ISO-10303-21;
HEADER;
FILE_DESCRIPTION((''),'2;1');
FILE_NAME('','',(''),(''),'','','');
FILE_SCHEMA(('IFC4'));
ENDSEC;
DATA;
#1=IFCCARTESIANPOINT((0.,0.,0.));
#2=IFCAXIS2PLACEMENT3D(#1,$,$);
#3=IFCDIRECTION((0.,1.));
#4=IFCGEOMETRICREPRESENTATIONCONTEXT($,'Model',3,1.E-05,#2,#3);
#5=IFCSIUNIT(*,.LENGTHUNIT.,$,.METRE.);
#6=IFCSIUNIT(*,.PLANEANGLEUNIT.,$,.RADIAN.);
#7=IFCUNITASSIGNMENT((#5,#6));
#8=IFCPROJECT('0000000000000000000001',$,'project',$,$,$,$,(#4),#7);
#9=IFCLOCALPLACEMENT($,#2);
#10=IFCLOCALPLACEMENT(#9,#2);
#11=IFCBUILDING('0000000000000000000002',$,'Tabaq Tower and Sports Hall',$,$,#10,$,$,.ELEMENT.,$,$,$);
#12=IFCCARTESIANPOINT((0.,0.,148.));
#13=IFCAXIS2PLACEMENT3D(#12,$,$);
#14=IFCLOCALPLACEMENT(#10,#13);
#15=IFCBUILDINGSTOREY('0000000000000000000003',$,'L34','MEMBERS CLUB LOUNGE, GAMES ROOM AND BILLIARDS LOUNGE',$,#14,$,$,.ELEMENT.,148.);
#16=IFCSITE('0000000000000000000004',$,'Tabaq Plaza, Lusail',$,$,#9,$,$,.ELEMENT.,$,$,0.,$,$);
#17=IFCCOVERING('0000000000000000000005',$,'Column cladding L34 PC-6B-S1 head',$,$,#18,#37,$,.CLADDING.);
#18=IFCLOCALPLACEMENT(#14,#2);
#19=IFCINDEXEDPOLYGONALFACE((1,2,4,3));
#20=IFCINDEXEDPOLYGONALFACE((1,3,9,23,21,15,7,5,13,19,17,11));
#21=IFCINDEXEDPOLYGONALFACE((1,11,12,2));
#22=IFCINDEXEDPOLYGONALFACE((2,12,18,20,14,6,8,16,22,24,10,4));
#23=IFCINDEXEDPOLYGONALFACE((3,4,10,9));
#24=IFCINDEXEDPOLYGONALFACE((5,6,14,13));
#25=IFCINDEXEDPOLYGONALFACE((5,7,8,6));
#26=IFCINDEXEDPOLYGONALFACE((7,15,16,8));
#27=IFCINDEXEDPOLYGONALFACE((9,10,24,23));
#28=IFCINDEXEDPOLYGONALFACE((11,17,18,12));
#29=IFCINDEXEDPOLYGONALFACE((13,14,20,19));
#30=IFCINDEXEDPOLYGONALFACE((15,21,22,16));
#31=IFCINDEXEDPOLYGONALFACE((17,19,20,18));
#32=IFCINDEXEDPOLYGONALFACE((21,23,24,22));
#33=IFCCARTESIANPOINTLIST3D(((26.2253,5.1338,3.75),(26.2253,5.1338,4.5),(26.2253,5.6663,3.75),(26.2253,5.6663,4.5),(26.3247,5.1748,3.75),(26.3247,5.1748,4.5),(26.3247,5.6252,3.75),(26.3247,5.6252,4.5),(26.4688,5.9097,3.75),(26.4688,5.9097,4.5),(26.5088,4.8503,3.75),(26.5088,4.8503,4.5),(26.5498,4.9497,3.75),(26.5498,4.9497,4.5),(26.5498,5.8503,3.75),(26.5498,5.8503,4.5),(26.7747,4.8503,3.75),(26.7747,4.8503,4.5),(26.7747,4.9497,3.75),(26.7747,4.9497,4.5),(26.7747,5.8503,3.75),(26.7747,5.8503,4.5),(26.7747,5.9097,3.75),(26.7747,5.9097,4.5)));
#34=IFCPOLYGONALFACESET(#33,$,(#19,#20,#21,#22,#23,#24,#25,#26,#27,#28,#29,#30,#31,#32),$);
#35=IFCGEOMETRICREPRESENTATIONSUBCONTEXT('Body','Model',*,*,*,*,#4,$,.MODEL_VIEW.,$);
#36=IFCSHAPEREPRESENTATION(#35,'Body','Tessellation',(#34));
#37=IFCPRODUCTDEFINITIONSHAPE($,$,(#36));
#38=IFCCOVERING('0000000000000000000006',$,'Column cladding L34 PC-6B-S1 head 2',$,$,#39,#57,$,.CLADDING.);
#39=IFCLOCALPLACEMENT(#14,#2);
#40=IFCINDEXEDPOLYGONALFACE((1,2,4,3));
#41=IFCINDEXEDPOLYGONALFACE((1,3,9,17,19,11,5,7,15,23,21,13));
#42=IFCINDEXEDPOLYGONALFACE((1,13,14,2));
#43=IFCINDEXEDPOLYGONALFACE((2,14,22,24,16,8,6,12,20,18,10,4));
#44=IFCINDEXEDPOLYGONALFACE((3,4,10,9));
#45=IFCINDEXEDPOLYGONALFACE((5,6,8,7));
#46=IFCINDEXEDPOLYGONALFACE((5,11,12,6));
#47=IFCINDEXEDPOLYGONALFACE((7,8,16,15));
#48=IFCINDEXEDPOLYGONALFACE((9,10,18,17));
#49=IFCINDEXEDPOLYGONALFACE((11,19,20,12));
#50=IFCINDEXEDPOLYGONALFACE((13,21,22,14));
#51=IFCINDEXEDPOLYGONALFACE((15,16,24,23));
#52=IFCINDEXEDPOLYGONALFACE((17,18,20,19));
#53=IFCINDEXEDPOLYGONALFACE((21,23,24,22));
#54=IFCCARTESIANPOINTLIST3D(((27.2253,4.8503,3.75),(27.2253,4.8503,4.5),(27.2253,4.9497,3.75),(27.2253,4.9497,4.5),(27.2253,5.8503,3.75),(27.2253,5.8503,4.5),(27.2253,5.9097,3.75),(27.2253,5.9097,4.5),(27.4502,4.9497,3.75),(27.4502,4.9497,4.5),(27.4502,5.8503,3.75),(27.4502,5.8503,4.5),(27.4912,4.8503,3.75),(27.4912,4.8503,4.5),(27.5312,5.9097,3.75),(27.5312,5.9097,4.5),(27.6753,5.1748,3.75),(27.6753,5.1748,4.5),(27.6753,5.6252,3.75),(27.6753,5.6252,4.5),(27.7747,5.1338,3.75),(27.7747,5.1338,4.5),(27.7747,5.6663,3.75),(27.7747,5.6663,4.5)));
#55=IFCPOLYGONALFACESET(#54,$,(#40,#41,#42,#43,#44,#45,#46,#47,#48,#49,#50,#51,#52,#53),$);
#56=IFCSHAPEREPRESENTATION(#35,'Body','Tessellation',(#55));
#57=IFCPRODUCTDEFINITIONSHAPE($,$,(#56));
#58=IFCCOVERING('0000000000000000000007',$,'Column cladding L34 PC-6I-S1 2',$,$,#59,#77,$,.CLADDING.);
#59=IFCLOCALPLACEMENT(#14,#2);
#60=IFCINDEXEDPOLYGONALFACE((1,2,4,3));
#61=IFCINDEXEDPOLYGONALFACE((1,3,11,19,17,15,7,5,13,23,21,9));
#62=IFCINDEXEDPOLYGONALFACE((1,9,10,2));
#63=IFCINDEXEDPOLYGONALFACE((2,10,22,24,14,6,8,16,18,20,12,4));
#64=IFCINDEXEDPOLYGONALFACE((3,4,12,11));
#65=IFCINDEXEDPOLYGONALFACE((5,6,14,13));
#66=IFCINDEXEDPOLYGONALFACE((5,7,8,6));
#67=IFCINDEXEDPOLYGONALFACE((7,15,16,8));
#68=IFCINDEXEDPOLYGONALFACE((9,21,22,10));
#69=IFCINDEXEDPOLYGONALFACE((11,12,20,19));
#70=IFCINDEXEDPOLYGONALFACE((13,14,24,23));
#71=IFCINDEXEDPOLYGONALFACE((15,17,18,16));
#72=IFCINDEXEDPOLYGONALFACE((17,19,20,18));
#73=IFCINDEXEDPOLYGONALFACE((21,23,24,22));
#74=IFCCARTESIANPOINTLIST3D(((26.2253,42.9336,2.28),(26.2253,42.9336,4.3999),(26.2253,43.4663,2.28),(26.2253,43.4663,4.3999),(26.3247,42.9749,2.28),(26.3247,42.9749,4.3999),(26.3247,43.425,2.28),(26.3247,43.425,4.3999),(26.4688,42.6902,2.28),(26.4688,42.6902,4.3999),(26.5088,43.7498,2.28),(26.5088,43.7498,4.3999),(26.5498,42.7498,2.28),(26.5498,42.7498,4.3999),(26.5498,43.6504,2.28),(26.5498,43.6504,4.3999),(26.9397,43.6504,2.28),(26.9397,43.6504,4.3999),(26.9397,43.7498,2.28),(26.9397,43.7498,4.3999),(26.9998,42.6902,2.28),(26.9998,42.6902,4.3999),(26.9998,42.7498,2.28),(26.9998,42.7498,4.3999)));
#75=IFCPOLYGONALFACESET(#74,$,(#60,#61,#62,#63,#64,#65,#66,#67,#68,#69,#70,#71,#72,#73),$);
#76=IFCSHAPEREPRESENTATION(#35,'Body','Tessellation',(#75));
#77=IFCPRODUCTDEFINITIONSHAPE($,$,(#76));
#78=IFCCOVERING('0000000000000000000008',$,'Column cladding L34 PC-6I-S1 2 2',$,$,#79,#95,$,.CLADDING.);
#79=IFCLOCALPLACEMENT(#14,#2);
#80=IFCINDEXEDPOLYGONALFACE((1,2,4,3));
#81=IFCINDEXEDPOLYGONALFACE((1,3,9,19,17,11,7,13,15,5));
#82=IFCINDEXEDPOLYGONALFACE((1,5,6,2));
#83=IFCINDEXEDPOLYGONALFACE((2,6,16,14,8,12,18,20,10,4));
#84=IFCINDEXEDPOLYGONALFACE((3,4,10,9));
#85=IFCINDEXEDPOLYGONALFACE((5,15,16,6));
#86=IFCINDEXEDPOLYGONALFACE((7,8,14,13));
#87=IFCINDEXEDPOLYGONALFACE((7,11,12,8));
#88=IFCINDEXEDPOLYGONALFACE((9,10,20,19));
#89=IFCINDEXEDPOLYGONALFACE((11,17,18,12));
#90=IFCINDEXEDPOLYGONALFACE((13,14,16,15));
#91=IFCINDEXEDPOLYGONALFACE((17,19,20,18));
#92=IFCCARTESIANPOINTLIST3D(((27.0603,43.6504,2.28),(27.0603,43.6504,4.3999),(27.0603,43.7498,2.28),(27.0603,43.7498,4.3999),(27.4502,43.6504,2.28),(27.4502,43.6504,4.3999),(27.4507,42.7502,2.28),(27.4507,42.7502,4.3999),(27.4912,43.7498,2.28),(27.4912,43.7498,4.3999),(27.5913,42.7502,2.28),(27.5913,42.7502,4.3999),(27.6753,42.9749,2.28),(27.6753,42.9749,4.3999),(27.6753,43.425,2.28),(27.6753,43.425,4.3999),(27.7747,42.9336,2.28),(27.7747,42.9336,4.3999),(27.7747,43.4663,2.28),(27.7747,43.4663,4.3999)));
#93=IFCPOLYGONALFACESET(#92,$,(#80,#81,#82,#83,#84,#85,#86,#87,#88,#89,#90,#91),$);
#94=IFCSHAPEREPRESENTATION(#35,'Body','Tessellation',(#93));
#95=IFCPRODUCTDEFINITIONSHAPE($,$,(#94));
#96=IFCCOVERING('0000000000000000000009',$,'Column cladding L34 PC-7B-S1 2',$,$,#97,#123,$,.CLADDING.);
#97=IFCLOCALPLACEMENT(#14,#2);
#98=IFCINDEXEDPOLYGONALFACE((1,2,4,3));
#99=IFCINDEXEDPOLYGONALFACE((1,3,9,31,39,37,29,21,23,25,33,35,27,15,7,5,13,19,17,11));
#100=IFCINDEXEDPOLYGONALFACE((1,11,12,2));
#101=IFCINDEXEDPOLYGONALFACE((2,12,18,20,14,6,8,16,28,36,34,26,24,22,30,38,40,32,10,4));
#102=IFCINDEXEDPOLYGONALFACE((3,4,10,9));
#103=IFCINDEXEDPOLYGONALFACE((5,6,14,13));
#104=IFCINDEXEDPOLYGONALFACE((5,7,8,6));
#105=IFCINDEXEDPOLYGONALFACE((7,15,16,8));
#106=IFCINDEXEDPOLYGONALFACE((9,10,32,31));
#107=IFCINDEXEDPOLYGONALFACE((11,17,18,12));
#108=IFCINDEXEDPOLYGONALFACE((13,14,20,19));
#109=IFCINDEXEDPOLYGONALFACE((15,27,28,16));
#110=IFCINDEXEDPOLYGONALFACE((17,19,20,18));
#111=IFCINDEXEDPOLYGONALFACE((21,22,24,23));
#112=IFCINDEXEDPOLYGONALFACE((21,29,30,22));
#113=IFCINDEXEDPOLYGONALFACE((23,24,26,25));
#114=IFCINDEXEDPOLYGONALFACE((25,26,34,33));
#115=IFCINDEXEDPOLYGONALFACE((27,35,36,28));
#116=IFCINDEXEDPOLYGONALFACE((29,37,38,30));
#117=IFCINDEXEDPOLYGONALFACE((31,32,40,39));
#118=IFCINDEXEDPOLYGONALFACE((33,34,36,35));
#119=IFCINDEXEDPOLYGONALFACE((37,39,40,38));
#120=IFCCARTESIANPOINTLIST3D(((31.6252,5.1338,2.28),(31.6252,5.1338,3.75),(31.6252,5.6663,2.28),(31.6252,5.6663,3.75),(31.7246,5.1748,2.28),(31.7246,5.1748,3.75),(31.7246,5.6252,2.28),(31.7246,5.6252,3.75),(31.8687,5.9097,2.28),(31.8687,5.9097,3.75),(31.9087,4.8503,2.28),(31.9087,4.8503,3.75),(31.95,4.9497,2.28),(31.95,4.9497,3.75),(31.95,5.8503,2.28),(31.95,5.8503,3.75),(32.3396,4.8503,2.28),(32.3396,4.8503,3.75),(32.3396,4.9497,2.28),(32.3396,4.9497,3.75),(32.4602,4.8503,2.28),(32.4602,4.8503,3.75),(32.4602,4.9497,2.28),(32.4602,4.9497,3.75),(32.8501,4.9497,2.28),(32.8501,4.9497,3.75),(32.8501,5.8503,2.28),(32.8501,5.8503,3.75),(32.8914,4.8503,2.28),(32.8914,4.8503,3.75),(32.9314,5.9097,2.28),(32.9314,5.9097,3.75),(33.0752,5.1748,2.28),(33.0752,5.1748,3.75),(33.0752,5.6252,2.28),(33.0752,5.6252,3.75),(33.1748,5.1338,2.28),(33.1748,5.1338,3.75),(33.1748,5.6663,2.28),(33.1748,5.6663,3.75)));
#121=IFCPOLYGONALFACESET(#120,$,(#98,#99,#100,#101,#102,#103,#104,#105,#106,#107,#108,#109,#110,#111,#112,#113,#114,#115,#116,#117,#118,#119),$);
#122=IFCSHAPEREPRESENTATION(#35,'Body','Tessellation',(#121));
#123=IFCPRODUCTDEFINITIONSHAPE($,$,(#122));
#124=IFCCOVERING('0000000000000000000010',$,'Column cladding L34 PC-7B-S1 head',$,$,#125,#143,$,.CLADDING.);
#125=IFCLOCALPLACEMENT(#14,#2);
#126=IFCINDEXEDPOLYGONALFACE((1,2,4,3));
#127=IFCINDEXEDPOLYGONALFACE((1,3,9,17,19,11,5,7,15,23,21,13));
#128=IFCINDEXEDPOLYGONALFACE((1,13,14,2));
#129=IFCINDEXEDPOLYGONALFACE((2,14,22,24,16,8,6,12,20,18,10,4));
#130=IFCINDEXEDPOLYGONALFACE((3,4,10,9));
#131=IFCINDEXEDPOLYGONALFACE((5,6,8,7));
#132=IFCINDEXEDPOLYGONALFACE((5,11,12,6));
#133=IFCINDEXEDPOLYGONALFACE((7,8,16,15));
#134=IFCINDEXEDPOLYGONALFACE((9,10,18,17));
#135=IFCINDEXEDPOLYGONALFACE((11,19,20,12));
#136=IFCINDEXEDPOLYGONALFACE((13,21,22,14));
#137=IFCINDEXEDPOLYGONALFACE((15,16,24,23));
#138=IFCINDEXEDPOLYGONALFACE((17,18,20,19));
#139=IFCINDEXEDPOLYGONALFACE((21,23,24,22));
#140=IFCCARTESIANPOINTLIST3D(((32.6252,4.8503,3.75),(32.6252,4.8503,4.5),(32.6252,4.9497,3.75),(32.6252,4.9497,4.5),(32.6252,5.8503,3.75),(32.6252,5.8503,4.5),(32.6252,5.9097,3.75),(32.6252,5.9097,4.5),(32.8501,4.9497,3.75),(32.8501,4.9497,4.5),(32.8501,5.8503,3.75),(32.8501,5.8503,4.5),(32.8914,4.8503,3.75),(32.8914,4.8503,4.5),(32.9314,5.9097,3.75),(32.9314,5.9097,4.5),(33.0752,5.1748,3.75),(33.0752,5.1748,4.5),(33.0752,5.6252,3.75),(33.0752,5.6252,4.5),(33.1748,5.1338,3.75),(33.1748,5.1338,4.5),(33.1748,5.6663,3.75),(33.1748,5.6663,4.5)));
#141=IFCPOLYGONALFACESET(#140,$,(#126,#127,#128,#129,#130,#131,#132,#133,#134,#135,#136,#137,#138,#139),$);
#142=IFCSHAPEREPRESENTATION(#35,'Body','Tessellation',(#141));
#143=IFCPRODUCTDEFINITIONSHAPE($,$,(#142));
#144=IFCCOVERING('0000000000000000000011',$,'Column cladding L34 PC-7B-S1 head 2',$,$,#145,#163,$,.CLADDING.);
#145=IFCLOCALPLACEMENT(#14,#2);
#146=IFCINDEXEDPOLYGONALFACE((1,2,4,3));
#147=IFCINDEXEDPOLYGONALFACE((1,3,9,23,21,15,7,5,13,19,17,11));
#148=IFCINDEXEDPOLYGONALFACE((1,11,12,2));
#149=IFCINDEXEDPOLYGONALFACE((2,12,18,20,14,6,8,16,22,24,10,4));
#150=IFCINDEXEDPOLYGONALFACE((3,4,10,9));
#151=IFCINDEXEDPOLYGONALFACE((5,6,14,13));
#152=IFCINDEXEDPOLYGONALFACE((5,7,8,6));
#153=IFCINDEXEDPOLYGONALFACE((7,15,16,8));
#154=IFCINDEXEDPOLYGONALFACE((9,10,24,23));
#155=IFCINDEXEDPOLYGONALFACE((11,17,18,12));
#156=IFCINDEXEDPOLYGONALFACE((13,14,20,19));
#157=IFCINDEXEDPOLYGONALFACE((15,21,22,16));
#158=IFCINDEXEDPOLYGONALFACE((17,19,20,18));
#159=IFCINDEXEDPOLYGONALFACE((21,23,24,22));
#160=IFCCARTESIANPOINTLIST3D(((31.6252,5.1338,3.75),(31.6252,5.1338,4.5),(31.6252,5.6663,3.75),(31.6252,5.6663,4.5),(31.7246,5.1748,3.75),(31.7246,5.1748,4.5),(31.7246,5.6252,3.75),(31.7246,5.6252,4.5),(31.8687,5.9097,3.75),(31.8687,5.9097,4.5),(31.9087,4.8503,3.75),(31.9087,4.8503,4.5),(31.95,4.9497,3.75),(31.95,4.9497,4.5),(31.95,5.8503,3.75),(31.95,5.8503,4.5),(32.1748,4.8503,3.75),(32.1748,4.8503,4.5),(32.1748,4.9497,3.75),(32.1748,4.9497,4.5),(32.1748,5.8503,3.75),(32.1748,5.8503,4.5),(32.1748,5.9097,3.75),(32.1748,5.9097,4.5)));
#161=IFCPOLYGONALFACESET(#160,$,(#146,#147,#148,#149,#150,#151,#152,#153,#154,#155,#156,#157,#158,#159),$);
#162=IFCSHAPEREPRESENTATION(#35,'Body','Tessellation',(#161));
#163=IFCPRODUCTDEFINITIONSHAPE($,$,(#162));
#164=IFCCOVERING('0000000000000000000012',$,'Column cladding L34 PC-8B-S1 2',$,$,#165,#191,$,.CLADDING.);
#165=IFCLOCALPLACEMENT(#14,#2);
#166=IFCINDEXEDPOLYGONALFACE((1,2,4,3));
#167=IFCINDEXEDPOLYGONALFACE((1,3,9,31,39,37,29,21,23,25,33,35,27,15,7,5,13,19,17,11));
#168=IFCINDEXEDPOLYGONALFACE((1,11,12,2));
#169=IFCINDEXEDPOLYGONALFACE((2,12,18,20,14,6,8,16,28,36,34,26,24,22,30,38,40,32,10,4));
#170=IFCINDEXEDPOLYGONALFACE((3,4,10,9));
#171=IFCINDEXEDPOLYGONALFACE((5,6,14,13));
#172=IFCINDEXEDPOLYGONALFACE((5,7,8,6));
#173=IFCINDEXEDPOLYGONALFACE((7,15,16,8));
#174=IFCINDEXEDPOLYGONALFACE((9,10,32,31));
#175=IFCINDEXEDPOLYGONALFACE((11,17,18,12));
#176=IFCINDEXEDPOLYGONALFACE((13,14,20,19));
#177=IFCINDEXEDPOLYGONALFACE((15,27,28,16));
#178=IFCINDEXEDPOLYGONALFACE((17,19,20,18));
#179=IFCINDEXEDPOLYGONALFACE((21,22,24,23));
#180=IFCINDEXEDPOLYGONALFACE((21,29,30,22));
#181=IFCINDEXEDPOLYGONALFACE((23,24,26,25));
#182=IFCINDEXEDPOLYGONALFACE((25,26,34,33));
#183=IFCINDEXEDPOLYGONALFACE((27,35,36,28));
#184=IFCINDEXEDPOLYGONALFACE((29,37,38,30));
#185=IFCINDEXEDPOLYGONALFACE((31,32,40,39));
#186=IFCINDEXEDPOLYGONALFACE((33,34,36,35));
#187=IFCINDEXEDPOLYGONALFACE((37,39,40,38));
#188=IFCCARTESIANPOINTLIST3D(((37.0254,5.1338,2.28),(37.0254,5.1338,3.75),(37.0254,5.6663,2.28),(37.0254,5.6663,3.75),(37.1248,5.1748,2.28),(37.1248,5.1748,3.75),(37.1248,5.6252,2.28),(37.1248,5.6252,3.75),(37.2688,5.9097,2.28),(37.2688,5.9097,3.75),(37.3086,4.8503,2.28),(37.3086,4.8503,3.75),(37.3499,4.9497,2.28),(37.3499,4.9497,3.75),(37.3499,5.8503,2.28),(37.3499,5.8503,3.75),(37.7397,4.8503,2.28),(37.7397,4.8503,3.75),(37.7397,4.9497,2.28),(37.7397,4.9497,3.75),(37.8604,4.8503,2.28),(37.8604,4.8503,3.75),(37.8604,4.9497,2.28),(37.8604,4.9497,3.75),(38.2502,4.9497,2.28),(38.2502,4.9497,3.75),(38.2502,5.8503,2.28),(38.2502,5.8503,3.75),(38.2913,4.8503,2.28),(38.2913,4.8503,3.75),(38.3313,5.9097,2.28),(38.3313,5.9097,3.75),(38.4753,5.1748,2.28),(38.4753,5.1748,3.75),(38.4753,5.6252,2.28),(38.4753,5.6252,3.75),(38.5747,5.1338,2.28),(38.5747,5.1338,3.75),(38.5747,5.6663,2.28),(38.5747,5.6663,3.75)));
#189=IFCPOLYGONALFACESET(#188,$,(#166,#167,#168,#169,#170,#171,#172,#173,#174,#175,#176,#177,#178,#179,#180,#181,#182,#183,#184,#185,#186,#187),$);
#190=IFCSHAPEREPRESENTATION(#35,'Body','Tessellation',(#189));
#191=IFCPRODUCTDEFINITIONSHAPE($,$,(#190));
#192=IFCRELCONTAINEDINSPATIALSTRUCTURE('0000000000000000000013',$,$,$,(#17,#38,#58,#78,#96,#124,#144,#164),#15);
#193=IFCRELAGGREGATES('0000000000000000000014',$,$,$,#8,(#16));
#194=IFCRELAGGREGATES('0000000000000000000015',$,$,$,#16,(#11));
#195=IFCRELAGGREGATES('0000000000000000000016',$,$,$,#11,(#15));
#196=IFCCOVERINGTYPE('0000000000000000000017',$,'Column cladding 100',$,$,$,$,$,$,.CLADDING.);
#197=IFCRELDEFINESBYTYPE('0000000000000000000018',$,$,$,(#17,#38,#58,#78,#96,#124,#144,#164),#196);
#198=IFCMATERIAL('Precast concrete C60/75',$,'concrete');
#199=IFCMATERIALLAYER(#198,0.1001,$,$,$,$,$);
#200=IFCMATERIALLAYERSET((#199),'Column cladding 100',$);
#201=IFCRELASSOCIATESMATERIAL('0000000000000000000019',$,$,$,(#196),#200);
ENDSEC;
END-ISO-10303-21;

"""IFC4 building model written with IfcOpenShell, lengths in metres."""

from ifc_helpers import new_model, si_unit, direction, frame, origin, place, context, subcontext, project, spatial, polyline, outline, extrude, material, layer, layer_set, type_object, element, save


model = new_model("IFC4")

# Units and contexts
model_context = context("Model", 3, precision=1e-05, world=origin(), true_north=direction((0.0, 1.0)))
body_context = subcontext(model_context, "Body", "Model", "MODEL_VIEW")
ifc_project = project(units=[si_unit("LENGTHUNIT", "METRE"), si_unit("PLANEANGLEUNIT", "RADIAN")], contexts=[model_context])

# Site, building, storey
site_placement = place(None, origin())
site = spatial("IfcSite", under=ifc_project, at=site_placement, Name="Tabaq Plaza, Lusail", CompositionType="ELEMENT", RefElevation=0.0)
building_placement = place(site_placement, origin())
building = spatial("IfcBuilding", under=site, at=building_placement, Name="Tabaq Tower and Sports Hall", CompositionType="ELEMENT")
storey_placement = place(building_placement, frame((0.0, 0.0, 148.0)))
storey = spatial("IfcBuildingStorey", under=building, at=storey_placement, Name="L34", Description="MEMBERS CLUB LOUNGE, GAMES ROOM AND BILLIARDS LOUNGE", CompositionType="ELEMENT", Elevation=148.0)

# Coverings
ifc_material = material(Name="Precast concrete C60/75", Category="concrete")
ifc_layer = layer(ifc_material, 0.1001)
ifc_layer_set = layer_set([ifc_layer], Name="Column cladding 100")
covering_type = type_object("IfcCoveringType", Name="Column cladding 100", PredefinedType="CLADDING", material=ifc_layer_set)
covering_1_placement = place(storey_placement, frame((0.0, 0.0, 3.75)))
element("IfcCovering", 1, at=covering_1_placement, inside=storey, type_object=covering_type, Name="Column cladding L34 PC-6B-S1 head", PredefinedType="CLADDING", context=body_context, shape_type="SweptSolid", body=[
    extrude(outline(polyline([(26.4688, 5.9097), (26.7747, 5.9097), (26.7747, 5.8503), (26.5498, 5.8503), (26.3247, 5.6252), (26.3247, 5.1748), (26.5498, 4.9497), (26.7747, 4.9497), (26.7747, 4.8503), (26.5088, 4.8503), (26.2253, 5.1338), (26.2253, 5.6663), (26.4688, 5.9097)])), origin(), (0.0, 0.0, 1.0), 0.75),
])
covering_2_placement = place(storey_placement, frame((0.0, 0.0, 3.75)))
element("IfcCovering", 2, at=covering_2_placement, inside=storey, type_object=covering_type, Name="Column cladding L34 PC-6B-S1 head 2", PredefinedType="CLADDING", context=body_context, shape_type="SweptSolid", body=[
    extrude(outline(polyline([(27.5312, 5.9097), (27.7747, 5.6663), (27.7747, 5.1338), (27.4912, 4.8503), (27.2253, 4.8503), (27.2253, 4.9497), (27.4502, 4.9497), (27.6753, 5.1748), (27.6753, 5.6252), (27.4502, 5.8503), (27.2253, 5.8503), (27.2253, 5.9097), (27.5312, 5.9097)])), origin(), (0.0, 0.0, 1.0), 0.75),
])
covering_3_placement = place(storey_placement, frame((0.0, 0.0, 2.28)))
element("IfcCovering", 3, at=covering_3_placement, inside=storey, type_object=covering_type, Name="Column cladding L34 PC-6I-S1 2", PredefinedType="CLADDING", context=body_context, shape_type="SweptSolid", body=[
    extrude(outline(polyline([(26.2253, 43.4663), (26.5088, 43.7498), (26.9397, 43.7498), (26.9397, 43.6504), (26.5498, 43.6504), (26.3247, 43.425), (26.3247, 42.9749), (26.5498, 42.7498), (26.9998, 42.7498), (26.9998, 42.6902), (26.4688, 42.6902), (26.2253, 42.9336), (26.2253, 43.4663)])), origin(), (0.0, 0.0, 1.0), 2.1199),
])
covering_4_placement = place(storey_placement, frame((0.0, 0.0, 2.28)))
element("IfcCovering", 4, at=covering_4_placement, inside=storey, type_object=covering_type, Name="Column cladding L34 PC-6I-S1 2 2", PredefinedType="CLADDING", context=body_context, shape_type="SweptSolid", body=[
    extrude(outline(polyline([(27.4912, 43.7498), (27.7747, 43.4663), (27.7747, 42.9336), (27.5913, 42.7502), (27.4507, 42.7502), (27.6753, 42.9749), (27.6753, 43.425), (27.4502, 43.6504), (27.0603, 43.6504), (27.0603, 43.7498), (27.4912, 43.7498)])), origin(), (0.0, 0.0, 1.0), 2.1199),
])
covering_5_placement = place(storey_placement, frame((0.0, 0.0, 2.28)))
element("IfcCovering", 5, at=covering_5_placement, inside=storey, type_object=covering_type, Name="Column cladding L34 PC-7B-S1 2", PredefinedType="CLADDING", context=body_context, shape_type="SweptSolid", body=[
    extrude(outline(polyline([(31.6252, 5.6663), (31.8687, 5.9097), (32.9314, 5.9097), (33.1748, 5.6663), (33.1748, 5.1338), (32.8914, 4.8503), (32.4602, 4.8503), (32.4602, 4.9497), (32.8501, 4.9497), (33.0752, 5.1748), (33.0752, 5.6252), (32.8501, 5.8503), (31.95, 5.8503), (31.7246, 5.6252), (31.7246, 5.1748), (31.95, 4.9497), (32.3396, 4.9497), (32.3396, 4.8503), (31.9087, 4.8503), (31.6252, 5.1338), (31.6252, 5.6663)])), origin(), (0.0, 0.0, 1.0), 1.47),
])
covering_6_placement = place(storey_placement, frame((0.0, 0.0, 3.75)))
element("IfcCovering", 6, at=covering_6_placement, inside=storey, type_object=covering_type, Name="Column cladding L34 PC-7B-S1 head", PredefinedType="CLADDING", context=body_context, shape_type="SweptSolid", body=[
    extrude(outline(polyline([(32.9314, 5.9097), (33.1748, 5.6663), (33.1748, 5.1338), (32.8914, 4.8503), (32.6252, 4.8503), (32.6252, 4.9497), (32.8501, 4.9497), (33.0752, 5.1748), (33.0752, 5.6252), (32.8501, 5.8503), (32.6252, 5.8503), (32.6252, 5.9097), (32.9314, 5.9097)])), origin(), (0.0, 0.0, 1.0), 0.75),
])
covering_7_placement = place(storey_placement, frame((0.0, 0.0, 3.75)))
element("IfcCovering", 7, at=covering_7_placement, inside=storey, type_object=covering_type, Name="Column cladding L34 PC-7B-S1 head 2", PredefinedType="CLADDING", context=body_context, shape_type="SweptSolid", body=[
    extrude(outline(polyline([(31.8687, 5.9097), (32.1748, 5.9097), (32.1748, 5.8503), (31.95, 5.8503), (31.7246, 5.6252), (31.7246, 5.1748), (31.95, 4.9497), (32.1748, 4.9497), (32.1748, 4.8503), (31.9087, 4.8503), (31.6252, 5.1338), (31.6252, 5.6663), (31.8687, 5.9097)])), origin(), (0.0, 0.0, 1.0), 0.75),
])
covering_8_placement = place(storey_placement, frame((0.0, 0.0, 2.28)))
element("IfcCovering", 8, at=covering_8_placement, inside=storey, type_object=covering_type, Name="Column cladding L34 PC-8B-S1 2", PredefinedType="CLADDING", context=body_context, shape_type="SweptSolid", body=[
    extrude(outline(polyline([(37.0254, 5.6663), (37.2688, 5.9097), (38.3313, 5.9097), (38.5747, 5.6663), (38.5747, 5.1338), (38.2913, 4.8503), (37.8604, 4.8503), (37.8604, 4.9497), (38.2502, 4.9497), (38.4753, 5.1748), (38.4753, 5.6252), (38.2502, 5.8503), (37.3499, 5.8503), (37.1248, 5.6252), (37.1248, 5.1748), (37.3499, 4.9497), (37.7397, 4.9497), (37.7397, 4.8503), (37.3086, 4.8503), (37.0254, 5.1338), (37.0254, 5.6663)])), origin(), (0.0, 0.0, 1.0), 1.47),
])

save(model, "model.ifc")
